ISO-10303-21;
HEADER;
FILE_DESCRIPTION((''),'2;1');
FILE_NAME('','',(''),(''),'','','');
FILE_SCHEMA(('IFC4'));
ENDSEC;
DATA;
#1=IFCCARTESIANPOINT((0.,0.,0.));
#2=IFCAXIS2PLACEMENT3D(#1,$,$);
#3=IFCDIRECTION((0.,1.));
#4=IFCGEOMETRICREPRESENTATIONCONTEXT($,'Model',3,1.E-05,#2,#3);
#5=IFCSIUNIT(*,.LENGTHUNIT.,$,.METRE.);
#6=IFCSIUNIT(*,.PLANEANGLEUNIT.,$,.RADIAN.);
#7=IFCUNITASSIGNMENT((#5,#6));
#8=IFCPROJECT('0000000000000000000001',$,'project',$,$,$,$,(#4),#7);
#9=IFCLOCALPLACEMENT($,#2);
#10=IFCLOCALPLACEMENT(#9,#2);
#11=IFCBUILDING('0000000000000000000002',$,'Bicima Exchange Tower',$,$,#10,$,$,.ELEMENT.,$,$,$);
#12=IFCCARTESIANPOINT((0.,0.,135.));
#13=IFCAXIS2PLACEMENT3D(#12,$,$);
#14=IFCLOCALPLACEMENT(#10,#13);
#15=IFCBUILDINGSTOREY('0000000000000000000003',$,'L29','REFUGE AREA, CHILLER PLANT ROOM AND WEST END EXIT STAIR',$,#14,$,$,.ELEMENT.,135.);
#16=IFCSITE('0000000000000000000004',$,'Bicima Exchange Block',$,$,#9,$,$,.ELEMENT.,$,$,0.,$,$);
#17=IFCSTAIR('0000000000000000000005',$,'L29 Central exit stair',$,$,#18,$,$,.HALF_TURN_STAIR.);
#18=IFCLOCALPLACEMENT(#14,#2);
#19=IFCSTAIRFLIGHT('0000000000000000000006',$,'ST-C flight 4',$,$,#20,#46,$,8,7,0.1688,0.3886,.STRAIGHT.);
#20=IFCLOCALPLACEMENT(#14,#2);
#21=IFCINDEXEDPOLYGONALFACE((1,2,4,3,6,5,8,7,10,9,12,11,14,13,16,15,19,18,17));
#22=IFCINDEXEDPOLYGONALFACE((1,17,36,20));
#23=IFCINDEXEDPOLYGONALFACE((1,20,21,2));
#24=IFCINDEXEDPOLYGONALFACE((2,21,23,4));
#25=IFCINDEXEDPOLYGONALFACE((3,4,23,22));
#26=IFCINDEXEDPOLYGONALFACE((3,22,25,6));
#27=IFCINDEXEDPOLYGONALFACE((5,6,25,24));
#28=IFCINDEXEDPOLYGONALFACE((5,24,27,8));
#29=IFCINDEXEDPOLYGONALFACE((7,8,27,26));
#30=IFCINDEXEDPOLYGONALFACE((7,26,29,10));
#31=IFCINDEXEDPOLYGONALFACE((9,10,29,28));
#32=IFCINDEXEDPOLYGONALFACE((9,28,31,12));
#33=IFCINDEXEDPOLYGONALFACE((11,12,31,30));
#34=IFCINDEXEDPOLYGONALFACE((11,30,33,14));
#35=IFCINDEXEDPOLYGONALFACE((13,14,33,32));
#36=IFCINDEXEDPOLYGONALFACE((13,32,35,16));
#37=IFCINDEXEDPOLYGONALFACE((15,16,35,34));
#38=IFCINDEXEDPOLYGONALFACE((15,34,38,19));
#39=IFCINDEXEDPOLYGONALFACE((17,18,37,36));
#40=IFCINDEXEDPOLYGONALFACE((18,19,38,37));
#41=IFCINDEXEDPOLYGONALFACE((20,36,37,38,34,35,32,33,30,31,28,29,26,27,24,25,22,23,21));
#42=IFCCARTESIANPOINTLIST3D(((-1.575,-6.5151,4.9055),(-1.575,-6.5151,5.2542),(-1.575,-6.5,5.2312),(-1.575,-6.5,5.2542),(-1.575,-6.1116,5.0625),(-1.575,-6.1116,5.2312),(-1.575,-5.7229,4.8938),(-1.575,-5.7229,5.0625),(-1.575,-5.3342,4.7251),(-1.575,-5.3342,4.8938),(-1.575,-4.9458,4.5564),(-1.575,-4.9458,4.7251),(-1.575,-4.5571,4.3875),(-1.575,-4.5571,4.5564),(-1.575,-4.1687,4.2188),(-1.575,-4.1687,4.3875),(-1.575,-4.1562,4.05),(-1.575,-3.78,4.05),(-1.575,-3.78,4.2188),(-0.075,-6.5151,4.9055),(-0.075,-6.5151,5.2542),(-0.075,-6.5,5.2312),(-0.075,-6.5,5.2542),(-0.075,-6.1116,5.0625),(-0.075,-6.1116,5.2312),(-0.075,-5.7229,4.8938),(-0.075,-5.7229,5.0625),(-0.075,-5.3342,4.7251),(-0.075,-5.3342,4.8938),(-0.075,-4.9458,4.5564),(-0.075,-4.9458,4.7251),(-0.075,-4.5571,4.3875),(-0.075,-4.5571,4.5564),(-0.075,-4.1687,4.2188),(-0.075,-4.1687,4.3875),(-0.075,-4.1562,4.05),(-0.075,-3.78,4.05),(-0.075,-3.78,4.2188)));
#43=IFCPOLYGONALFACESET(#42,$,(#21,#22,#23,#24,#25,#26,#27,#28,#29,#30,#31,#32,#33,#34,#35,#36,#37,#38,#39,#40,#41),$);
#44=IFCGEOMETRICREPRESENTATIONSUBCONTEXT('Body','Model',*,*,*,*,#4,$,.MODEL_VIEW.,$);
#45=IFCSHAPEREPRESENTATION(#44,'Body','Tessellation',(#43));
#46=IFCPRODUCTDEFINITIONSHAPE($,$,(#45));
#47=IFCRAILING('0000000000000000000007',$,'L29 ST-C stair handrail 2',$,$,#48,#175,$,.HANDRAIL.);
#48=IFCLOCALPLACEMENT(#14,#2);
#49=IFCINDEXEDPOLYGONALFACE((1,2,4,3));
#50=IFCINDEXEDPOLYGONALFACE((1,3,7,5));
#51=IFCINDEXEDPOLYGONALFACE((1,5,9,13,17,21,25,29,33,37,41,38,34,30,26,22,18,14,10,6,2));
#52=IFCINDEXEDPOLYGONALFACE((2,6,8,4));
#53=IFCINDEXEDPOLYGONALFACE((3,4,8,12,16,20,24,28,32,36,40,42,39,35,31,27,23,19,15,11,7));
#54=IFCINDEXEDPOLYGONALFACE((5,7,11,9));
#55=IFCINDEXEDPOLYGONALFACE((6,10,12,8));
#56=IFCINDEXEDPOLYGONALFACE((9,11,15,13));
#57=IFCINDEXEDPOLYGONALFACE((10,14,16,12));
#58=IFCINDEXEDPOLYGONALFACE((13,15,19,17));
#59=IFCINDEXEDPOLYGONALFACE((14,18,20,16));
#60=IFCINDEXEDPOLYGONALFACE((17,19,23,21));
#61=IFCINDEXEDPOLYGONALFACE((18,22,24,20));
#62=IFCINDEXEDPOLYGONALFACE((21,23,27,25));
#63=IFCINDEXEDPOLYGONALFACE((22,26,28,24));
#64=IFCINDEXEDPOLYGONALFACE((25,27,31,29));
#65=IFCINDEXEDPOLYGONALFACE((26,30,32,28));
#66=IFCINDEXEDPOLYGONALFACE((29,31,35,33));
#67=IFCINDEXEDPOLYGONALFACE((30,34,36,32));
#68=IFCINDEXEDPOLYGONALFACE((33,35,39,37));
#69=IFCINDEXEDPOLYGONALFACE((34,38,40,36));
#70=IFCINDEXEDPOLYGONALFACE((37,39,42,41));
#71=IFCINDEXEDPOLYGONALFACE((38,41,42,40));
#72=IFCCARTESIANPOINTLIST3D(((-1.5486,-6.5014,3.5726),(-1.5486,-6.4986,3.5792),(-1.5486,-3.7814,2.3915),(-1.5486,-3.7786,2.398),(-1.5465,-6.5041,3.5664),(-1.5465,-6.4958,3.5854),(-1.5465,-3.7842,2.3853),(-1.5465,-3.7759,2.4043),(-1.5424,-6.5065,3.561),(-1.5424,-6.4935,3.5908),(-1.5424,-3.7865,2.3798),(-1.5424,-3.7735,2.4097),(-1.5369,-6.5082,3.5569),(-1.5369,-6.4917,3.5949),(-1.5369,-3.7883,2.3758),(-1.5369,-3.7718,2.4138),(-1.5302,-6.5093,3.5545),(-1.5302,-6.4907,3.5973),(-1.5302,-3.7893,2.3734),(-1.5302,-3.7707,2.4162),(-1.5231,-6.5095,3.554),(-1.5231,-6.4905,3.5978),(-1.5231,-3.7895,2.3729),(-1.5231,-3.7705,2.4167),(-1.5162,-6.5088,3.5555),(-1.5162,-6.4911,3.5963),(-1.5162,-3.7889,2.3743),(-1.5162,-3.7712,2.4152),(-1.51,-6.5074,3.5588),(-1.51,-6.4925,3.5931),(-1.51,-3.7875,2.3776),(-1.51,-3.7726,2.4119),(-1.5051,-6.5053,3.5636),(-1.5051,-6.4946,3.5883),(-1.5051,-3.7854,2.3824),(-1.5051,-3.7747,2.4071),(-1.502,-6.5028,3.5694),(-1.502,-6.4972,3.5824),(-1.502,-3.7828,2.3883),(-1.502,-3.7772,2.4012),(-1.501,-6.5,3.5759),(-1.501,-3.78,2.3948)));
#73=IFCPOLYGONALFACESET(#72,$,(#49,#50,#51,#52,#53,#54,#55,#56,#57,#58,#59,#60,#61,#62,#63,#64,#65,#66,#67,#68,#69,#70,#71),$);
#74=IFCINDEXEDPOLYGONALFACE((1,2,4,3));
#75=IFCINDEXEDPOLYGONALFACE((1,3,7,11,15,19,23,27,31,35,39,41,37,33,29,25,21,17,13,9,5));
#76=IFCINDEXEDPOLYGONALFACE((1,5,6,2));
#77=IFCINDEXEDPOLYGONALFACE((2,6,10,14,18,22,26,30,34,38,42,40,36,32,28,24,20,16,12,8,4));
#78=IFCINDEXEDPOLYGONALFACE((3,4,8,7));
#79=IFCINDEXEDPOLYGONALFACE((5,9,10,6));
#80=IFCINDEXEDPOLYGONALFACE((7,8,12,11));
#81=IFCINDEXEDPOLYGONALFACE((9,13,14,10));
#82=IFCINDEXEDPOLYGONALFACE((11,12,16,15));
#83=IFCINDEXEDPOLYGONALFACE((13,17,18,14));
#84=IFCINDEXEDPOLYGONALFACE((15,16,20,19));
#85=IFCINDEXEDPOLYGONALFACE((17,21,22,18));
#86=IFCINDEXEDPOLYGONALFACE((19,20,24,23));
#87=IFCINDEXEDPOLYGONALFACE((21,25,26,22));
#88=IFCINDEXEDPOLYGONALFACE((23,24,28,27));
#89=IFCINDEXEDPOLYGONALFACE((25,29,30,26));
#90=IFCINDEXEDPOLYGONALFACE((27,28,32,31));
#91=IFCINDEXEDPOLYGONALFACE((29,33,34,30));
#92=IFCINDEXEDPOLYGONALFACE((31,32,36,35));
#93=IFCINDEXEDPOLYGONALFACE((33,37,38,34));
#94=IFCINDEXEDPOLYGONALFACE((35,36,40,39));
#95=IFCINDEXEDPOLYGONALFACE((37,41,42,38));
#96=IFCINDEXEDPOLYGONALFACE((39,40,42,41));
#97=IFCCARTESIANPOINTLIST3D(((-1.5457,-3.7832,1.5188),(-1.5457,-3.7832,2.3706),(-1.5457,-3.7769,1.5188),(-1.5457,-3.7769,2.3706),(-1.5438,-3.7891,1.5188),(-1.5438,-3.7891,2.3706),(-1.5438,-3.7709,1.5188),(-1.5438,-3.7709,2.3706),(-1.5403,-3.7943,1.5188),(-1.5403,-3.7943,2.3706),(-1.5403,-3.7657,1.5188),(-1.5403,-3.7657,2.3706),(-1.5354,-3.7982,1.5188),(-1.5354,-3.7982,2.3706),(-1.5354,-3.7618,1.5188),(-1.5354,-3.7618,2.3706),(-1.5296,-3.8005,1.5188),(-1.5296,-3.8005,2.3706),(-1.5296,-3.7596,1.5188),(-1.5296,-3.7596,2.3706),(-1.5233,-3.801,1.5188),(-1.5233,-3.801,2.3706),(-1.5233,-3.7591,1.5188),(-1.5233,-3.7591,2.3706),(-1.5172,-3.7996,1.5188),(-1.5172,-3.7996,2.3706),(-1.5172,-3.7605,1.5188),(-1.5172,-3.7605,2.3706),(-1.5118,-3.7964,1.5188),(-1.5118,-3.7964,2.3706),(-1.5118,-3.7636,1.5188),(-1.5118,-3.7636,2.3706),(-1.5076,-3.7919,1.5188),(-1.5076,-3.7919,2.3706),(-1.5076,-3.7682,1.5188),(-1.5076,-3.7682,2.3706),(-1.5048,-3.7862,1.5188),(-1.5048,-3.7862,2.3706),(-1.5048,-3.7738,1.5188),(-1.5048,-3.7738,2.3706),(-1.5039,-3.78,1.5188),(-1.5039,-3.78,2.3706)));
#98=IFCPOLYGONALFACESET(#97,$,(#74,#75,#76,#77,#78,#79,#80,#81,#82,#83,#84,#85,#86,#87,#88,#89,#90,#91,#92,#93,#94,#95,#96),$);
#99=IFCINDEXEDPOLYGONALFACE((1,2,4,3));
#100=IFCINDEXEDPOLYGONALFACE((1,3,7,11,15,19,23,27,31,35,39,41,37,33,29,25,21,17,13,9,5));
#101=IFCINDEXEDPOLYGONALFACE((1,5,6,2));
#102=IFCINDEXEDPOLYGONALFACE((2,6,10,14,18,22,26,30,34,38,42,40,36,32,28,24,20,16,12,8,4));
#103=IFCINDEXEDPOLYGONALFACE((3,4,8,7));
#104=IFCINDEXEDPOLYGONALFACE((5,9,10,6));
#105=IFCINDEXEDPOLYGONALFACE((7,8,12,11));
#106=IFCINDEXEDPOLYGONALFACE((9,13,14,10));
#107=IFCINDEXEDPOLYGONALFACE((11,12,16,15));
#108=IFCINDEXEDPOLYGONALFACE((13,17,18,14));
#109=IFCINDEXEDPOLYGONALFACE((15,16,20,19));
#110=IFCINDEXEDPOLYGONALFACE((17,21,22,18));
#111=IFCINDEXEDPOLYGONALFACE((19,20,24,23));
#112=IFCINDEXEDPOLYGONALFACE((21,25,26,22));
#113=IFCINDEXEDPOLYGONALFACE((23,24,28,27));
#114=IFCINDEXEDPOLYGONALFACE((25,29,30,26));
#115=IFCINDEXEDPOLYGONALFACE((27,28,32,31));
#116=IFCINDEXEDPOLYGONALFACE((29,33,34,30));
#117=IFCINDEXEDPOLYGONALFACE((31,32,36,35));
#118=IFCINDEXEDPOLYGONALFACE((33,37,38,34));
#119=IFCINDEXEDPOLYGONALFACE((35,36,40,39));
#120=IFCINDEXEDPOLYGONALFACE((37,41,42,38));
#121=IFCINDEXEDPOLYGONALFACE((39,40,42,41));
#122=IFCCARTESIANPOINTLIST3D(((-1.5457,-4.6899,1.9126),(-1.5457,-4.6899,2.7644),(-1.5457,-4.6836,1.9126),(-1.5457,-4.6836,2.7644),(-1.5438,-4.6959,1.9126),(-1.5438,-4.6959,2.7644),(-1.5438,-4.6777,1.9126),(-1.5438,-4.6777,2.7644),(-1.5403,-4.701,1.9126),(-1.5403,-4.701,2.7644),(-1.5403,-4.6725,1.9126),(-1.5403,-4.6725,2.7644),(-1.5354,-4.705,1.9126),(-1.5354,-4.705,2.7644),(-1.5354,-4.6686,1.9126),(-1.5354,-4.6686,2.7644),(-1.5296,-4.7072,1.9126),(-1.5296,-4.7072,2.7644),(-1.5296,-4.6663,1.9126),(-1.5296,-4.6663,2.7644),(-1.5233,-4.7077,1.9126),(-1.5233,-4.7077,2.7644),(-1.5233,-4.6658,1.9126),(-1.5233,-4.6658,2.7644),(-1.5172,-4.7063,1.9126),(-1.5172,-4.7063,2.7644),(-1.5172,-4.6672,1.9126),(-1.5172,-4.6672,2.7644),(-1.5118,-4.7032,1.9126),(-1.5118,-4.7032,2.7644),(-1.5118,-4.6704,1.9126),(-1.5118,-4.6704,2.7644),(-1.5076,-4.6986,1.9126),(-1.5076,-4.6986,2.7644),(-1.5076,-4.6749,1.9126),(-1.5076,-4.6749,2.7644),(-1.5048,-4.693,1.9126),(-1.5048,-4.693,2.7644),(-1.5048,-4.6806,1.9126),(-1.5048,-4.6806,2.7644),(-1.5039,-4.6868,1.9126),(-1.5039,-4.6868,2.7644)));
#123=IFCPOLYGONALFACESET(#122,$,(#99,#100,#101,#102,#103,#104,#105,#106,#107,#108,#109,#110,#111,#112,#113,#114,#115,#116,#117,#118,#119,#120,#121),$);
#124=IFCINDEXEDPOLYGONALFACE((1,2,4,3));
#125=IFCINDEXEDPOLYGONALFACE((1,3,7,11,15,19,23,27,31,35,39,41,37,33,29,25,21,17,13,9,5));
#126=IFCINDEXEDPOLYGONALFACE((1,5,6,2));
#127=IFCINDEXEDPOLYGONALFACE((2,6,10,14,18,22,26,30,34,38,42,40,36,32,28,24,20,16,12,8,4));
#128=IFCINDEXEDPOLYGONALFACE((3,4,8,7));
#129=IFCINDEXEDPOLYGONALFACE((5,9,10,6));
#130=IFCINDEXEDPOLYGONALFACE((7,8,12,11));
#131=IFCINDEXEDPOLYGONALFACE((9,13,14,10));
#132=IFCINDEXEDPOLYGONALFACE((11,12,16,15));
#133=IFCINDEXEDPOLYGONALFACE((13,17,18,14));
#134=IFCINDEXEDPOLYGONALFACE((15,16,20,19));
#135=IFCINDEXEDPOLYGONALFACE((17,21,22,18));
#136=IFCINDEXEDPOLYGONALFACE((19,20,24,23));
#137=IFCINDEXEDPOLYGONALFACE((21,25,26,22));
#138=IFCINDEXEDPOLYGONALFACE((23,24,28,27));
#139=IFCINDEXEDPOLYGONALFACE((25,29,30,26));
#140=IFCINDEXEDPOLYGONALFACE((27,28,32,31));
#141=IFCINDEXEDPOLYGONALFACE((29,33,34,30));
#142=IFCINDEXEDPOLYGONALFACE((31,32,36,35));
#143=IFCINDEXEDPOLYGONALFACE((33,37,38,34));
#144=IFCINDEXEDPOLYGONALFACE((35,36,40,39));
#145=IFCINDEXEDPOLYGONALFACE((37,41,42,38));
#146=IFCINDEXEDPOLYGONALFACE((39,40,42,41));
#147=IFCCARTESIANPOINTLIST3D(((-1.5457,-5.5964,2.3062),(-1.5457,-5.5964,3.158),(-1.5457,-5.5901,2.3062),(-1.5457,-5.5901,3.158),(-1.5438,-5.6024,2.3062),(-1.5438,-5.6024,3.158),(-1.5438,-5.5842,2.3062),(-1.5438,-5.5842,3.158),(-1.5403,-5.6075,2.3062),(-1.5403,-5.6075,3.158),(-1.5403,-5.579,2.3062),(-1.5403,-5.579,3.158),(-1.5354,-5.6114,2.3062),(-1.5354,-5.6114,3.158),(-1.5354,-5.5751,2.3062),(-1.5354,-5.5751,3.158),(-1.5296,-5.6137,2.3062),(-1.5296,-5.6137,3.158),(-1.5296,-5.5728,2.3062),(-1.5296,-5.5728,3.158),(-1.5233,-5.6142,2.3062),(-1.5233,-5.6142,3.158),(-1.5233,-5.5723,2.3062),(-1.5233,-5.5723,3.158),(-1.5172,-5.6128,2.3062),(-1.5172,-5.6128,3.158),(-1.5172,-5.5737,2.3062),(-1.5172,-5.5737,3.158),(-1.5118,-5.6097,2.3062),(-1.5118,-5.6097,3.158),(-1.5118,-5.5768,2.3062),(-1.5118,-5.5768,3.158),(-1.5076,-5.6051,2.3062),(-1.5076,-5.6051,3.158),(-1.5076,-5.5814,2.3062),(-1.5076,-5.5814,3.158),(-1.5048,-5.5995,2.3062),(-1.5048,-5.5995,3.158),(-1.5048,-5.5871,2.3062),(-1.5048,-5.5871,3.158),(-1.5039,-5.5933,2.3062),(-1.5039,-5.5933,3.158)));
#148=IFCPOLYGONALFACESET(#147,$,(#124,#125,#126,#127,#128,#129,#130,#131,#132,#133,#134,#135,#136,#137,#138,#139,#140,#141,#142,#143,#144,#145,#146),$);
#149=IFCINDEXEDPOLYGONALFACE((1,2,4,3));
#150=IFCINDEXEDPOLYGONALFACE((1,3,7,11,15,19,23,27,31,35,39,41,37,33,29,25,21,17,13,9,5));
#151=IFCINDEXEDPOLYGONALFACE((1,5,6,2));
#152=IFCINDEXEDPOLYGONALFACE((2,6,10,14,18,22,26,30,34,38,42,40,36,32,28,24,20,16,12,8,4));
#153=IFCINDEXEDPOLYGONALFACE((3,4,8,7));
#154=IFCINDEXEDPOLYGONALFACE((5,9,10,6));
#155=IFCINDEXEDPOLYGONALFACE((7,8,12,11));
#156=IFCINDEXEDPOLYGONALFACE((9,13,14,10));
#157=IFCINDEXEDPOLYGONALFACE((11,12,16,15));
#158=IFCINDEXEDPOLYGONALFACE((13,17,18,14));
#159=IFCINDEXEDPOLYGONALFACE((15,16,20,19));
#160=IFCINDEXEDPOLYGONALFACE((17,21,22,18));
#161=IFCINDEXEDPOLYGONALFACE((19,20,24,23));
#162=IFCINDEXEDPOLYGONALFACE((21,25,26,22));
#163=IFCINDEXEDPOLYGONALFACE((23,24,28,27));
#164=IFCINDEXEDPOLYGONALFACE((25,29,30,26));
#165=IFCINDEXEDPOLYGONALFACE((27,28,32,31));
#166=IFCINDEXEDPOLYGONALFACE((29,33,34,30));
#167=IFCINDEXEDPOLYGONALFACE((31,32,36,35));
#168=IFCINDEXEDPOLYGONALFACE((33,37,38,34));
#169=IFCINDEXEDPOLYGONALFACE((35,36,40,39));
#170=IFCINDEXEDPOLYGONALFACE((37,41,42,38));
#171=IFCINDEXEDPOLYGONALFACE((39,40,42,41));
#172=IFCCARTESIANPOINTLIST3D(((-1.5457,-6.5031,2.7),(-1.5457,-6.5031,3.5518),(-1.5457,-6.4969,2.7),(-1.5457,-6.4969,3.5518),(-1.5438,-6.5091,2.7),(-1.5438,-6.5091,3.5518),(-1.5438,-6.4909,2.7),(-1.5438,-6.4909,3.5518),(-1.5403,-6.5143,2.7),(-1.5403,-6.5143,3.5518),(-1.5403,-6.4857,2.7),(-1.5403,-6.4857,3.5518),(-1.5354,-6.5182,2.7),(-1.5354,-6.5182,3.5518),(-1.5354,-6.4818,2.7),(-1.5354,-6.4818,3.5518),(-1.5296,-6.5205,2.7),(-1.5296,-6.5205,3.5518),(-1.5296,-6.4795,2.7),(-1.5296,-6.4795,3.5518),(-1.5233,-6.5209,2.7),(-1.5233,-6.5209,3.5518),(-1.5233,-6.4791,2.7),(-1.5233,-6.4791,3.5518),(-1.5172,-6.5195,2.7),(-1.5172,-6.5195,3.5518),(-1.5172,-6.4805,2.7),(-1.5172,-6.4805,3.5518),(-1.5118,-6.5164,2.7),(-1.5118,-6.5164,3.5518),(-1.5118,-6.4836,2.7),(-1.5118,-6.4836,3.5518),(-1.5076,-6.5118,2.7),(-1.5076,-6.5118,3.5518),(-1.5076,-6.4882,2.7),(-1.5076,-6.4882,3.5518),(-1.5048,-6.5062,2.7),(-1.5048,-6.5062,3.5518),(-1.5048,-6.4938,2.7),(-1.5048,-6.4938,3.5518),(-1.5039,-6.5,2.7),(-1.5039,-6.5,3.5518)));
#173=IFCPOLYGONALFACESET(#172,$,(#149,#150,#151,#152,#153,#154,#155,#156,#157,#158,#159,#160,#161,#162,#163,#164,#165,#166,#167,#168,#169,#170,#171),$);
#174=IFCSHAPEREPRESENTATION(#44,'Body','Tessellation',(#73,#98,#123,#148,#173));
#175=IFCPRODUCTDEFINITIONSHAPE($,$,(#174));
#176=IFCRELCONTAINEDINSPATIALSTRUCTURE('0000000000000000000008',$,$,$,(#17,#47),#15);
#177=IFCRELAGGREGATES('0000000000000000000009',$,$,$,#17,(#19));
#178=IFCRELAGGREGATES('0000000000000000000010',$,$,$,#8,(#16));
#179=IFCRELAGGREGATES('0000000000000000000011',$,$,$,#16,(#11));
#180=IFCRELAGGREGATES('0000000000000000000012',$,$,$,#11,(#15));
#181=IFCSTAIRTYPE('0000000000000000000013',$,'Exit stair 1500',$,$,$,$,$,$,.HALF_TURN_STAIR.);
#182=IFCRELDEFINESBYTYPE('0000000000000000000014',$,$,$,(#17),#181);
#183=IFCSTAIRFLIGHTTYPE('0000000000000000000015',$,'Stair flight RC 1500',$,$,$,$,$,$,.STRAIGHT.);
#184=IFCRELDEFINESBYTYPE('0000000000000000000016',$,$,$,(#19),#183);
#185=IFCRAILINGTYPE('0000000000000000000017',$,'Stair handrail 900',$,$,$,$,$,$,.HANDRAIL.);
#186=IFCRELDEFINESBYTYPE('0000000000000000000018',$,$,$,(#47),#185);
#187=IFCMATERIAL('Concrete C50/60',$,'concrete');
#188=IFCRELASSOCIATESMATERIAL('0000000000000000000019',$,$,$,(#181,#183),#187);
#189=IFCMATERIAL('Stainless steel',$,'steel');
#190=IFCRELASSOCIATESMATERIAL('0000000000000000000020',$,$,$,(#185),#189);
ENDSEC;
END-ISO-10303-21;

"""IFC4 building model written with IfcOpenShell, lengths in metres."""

from ifc_helpers import new_model, si_unit, direction, frame, origin, origin_2d, place, context, subcontext, project, spatial, polyline, circle, outline, extrude, material, type_object, element, aggregate, save


model = new_model("IFC4")

# Units and contexts
model_context = context("Model", 3, precision=1e-05, world=origin(), true_north=direction((0.0, 1.0)))
body_context = subcontext(model_context, "Body", "Model", "MODEL_VIEW")
ifc_project = project(units=[si_unit("LENGTHUNIT", "METRE"), si_unit("PLANEANGLEUNIT", "RADIAN")], contexts=[model_context])

# Site, building, storey
site_placement = place(None, origin())
site = spatial("IfcSite", under=ifc_project, at=site_placement, Name="Bicima Exchange Block", CompositionType="ELEMENT", RefElevation=0.0)
building_placement = place(site_placement, origin())
building = spatial("IfcBuilding", under=site, at=building_placement, Name="Bicima Exchange Tower", CompositionType="ELEMENT")
storey_placement = place(building_placement, frame((0.0, 0.0, 135.0)))
storey = spatial("IfcBuildingStorey", under=building, at=storey_placement, Name="L29", Description="REFUGE AREA, CHILLER PLANT ROOM AND WEST END EXIT STAIR", CompositionType="ELEMENT", Elevation=135.0)

# Shared definitions
ifc_material_1 = material(Name="Concrete C50/60", Category="concrete")

# Shared definitions
ifc_material_2 = material(Name="Stainless steel", Category="steel")

# Stair, stair flight
stair_type = type_object("IfcStairType", Name="Exit stair 1500", PredefinedType="HALF_TURN_STAIR", material=ifc_material_1)
stair_placement = place(storey_placement, origin())
stair = element("IfcStair", 1, at=stair_placement, inside=storey, type_object=stair_type, Name="L29 Central exit stair", PredefinedType="HALF_TURN_STAIR")
stair_flight_type = type_object("IfcStairFlightType", Name="Stair flight RC 1500", PredefinedType="STRAIGHT", material=ifc_material_1)
stair_flight_1_placement = place(storey_placement, frame((-0.825, -3.78, 4.05), z_axis=(0.0, 0.0, 1.0), x_axis=(0.0, -1.0, 0.0)))
stair_flight_1 = element("IfcStairFlight", 2, at=stair_flight_1_placement, type_object=stair_flight_type, Name="ST-C flight 4", NumberOfRisers=8, NumberOfTreads=7, PredefinedType="STRAIGHT", RiserHeight=0.1688, TreadLength=0.3886, context=body_context, shape_type="SweptSolid", body=[
    extrude(outline(polyline([(0.0, 0.0), (0.0, 0.1687), (0.3887, 0.1687), (0.3887, 0.3374), (0.7771, 0.3374), (0.7771, 0.5063), (1.1658, 0.5063), (1.1658, 0.675), (1.5542, 0.675), (1.5542, 0.8438), (1.9429, 0.8438), (1.9429, 1.0125), (2.3315, 1.0125), (2.3315, 1.1812), (2.72, 1.1812), (2.72, 1.2041), (2.7351, 1.2041), (2.7351, 0.8555), (0.3762, 0.0), (0.0, 0.0)])), frame((0.0, 0.75, 0.0), z_axis=(0.0, -1.0, 0.0), x_axis=(1.0, 0.0, 0.0)), (0.0, 0.0, 1.0), 1.5),
])
aggregate(stair, [stair_flight_1])

# Railing
railing_type = type_object("IfcRailingType", Name="Stair handrail 900", PredefinedType="HANDRAIL", material=ifc_material_2)
railing_1_placement = place(storey_placement, frame((-1.5249, -3.78, 1.5188)))
element("IfcRailing", 3, at=railing_1_placement, inside=storey, type_object=railing_type, Name="L29 ST-C stair handrail 2", PredefinedType="HANDRAIL", context=body_context, shape_type="SweptSolid", body=[
    extrude(circle(Radius=0.0239, at=origin_2d()), frame((0.0, 0.0, 0.876), z_axis=(0.0, -0.917248, 0.398317), x_axis=(1.0, 0.0, 0.0)), (0.0, 0.0, 1.0), 2.9653),
    extrude(circle(Radius=0.021, at=origin_2d()), origin(), (0.0, 0.0, 1.0), 0.8518),
    extrude(circle(Radius=0.021, at=origin_2d()), frame((0.0, -0.9067, 0.3938)), (0.0, 0.0, 1.0), 0.8518),
    extrude(circle(Radius=0.021, at=origin_2d()), frame((0.0, -1.8132, 0.7874)), (0.0, 0.0, 1.0), 0.8518),
    extrude(circle(Radius=0.021, at=origin_2d()), frame((0.0, -2.72, 1.1812)), (0.0, 0.0, 1.0), 0.8518),
])

save(model, "model.ifc")
